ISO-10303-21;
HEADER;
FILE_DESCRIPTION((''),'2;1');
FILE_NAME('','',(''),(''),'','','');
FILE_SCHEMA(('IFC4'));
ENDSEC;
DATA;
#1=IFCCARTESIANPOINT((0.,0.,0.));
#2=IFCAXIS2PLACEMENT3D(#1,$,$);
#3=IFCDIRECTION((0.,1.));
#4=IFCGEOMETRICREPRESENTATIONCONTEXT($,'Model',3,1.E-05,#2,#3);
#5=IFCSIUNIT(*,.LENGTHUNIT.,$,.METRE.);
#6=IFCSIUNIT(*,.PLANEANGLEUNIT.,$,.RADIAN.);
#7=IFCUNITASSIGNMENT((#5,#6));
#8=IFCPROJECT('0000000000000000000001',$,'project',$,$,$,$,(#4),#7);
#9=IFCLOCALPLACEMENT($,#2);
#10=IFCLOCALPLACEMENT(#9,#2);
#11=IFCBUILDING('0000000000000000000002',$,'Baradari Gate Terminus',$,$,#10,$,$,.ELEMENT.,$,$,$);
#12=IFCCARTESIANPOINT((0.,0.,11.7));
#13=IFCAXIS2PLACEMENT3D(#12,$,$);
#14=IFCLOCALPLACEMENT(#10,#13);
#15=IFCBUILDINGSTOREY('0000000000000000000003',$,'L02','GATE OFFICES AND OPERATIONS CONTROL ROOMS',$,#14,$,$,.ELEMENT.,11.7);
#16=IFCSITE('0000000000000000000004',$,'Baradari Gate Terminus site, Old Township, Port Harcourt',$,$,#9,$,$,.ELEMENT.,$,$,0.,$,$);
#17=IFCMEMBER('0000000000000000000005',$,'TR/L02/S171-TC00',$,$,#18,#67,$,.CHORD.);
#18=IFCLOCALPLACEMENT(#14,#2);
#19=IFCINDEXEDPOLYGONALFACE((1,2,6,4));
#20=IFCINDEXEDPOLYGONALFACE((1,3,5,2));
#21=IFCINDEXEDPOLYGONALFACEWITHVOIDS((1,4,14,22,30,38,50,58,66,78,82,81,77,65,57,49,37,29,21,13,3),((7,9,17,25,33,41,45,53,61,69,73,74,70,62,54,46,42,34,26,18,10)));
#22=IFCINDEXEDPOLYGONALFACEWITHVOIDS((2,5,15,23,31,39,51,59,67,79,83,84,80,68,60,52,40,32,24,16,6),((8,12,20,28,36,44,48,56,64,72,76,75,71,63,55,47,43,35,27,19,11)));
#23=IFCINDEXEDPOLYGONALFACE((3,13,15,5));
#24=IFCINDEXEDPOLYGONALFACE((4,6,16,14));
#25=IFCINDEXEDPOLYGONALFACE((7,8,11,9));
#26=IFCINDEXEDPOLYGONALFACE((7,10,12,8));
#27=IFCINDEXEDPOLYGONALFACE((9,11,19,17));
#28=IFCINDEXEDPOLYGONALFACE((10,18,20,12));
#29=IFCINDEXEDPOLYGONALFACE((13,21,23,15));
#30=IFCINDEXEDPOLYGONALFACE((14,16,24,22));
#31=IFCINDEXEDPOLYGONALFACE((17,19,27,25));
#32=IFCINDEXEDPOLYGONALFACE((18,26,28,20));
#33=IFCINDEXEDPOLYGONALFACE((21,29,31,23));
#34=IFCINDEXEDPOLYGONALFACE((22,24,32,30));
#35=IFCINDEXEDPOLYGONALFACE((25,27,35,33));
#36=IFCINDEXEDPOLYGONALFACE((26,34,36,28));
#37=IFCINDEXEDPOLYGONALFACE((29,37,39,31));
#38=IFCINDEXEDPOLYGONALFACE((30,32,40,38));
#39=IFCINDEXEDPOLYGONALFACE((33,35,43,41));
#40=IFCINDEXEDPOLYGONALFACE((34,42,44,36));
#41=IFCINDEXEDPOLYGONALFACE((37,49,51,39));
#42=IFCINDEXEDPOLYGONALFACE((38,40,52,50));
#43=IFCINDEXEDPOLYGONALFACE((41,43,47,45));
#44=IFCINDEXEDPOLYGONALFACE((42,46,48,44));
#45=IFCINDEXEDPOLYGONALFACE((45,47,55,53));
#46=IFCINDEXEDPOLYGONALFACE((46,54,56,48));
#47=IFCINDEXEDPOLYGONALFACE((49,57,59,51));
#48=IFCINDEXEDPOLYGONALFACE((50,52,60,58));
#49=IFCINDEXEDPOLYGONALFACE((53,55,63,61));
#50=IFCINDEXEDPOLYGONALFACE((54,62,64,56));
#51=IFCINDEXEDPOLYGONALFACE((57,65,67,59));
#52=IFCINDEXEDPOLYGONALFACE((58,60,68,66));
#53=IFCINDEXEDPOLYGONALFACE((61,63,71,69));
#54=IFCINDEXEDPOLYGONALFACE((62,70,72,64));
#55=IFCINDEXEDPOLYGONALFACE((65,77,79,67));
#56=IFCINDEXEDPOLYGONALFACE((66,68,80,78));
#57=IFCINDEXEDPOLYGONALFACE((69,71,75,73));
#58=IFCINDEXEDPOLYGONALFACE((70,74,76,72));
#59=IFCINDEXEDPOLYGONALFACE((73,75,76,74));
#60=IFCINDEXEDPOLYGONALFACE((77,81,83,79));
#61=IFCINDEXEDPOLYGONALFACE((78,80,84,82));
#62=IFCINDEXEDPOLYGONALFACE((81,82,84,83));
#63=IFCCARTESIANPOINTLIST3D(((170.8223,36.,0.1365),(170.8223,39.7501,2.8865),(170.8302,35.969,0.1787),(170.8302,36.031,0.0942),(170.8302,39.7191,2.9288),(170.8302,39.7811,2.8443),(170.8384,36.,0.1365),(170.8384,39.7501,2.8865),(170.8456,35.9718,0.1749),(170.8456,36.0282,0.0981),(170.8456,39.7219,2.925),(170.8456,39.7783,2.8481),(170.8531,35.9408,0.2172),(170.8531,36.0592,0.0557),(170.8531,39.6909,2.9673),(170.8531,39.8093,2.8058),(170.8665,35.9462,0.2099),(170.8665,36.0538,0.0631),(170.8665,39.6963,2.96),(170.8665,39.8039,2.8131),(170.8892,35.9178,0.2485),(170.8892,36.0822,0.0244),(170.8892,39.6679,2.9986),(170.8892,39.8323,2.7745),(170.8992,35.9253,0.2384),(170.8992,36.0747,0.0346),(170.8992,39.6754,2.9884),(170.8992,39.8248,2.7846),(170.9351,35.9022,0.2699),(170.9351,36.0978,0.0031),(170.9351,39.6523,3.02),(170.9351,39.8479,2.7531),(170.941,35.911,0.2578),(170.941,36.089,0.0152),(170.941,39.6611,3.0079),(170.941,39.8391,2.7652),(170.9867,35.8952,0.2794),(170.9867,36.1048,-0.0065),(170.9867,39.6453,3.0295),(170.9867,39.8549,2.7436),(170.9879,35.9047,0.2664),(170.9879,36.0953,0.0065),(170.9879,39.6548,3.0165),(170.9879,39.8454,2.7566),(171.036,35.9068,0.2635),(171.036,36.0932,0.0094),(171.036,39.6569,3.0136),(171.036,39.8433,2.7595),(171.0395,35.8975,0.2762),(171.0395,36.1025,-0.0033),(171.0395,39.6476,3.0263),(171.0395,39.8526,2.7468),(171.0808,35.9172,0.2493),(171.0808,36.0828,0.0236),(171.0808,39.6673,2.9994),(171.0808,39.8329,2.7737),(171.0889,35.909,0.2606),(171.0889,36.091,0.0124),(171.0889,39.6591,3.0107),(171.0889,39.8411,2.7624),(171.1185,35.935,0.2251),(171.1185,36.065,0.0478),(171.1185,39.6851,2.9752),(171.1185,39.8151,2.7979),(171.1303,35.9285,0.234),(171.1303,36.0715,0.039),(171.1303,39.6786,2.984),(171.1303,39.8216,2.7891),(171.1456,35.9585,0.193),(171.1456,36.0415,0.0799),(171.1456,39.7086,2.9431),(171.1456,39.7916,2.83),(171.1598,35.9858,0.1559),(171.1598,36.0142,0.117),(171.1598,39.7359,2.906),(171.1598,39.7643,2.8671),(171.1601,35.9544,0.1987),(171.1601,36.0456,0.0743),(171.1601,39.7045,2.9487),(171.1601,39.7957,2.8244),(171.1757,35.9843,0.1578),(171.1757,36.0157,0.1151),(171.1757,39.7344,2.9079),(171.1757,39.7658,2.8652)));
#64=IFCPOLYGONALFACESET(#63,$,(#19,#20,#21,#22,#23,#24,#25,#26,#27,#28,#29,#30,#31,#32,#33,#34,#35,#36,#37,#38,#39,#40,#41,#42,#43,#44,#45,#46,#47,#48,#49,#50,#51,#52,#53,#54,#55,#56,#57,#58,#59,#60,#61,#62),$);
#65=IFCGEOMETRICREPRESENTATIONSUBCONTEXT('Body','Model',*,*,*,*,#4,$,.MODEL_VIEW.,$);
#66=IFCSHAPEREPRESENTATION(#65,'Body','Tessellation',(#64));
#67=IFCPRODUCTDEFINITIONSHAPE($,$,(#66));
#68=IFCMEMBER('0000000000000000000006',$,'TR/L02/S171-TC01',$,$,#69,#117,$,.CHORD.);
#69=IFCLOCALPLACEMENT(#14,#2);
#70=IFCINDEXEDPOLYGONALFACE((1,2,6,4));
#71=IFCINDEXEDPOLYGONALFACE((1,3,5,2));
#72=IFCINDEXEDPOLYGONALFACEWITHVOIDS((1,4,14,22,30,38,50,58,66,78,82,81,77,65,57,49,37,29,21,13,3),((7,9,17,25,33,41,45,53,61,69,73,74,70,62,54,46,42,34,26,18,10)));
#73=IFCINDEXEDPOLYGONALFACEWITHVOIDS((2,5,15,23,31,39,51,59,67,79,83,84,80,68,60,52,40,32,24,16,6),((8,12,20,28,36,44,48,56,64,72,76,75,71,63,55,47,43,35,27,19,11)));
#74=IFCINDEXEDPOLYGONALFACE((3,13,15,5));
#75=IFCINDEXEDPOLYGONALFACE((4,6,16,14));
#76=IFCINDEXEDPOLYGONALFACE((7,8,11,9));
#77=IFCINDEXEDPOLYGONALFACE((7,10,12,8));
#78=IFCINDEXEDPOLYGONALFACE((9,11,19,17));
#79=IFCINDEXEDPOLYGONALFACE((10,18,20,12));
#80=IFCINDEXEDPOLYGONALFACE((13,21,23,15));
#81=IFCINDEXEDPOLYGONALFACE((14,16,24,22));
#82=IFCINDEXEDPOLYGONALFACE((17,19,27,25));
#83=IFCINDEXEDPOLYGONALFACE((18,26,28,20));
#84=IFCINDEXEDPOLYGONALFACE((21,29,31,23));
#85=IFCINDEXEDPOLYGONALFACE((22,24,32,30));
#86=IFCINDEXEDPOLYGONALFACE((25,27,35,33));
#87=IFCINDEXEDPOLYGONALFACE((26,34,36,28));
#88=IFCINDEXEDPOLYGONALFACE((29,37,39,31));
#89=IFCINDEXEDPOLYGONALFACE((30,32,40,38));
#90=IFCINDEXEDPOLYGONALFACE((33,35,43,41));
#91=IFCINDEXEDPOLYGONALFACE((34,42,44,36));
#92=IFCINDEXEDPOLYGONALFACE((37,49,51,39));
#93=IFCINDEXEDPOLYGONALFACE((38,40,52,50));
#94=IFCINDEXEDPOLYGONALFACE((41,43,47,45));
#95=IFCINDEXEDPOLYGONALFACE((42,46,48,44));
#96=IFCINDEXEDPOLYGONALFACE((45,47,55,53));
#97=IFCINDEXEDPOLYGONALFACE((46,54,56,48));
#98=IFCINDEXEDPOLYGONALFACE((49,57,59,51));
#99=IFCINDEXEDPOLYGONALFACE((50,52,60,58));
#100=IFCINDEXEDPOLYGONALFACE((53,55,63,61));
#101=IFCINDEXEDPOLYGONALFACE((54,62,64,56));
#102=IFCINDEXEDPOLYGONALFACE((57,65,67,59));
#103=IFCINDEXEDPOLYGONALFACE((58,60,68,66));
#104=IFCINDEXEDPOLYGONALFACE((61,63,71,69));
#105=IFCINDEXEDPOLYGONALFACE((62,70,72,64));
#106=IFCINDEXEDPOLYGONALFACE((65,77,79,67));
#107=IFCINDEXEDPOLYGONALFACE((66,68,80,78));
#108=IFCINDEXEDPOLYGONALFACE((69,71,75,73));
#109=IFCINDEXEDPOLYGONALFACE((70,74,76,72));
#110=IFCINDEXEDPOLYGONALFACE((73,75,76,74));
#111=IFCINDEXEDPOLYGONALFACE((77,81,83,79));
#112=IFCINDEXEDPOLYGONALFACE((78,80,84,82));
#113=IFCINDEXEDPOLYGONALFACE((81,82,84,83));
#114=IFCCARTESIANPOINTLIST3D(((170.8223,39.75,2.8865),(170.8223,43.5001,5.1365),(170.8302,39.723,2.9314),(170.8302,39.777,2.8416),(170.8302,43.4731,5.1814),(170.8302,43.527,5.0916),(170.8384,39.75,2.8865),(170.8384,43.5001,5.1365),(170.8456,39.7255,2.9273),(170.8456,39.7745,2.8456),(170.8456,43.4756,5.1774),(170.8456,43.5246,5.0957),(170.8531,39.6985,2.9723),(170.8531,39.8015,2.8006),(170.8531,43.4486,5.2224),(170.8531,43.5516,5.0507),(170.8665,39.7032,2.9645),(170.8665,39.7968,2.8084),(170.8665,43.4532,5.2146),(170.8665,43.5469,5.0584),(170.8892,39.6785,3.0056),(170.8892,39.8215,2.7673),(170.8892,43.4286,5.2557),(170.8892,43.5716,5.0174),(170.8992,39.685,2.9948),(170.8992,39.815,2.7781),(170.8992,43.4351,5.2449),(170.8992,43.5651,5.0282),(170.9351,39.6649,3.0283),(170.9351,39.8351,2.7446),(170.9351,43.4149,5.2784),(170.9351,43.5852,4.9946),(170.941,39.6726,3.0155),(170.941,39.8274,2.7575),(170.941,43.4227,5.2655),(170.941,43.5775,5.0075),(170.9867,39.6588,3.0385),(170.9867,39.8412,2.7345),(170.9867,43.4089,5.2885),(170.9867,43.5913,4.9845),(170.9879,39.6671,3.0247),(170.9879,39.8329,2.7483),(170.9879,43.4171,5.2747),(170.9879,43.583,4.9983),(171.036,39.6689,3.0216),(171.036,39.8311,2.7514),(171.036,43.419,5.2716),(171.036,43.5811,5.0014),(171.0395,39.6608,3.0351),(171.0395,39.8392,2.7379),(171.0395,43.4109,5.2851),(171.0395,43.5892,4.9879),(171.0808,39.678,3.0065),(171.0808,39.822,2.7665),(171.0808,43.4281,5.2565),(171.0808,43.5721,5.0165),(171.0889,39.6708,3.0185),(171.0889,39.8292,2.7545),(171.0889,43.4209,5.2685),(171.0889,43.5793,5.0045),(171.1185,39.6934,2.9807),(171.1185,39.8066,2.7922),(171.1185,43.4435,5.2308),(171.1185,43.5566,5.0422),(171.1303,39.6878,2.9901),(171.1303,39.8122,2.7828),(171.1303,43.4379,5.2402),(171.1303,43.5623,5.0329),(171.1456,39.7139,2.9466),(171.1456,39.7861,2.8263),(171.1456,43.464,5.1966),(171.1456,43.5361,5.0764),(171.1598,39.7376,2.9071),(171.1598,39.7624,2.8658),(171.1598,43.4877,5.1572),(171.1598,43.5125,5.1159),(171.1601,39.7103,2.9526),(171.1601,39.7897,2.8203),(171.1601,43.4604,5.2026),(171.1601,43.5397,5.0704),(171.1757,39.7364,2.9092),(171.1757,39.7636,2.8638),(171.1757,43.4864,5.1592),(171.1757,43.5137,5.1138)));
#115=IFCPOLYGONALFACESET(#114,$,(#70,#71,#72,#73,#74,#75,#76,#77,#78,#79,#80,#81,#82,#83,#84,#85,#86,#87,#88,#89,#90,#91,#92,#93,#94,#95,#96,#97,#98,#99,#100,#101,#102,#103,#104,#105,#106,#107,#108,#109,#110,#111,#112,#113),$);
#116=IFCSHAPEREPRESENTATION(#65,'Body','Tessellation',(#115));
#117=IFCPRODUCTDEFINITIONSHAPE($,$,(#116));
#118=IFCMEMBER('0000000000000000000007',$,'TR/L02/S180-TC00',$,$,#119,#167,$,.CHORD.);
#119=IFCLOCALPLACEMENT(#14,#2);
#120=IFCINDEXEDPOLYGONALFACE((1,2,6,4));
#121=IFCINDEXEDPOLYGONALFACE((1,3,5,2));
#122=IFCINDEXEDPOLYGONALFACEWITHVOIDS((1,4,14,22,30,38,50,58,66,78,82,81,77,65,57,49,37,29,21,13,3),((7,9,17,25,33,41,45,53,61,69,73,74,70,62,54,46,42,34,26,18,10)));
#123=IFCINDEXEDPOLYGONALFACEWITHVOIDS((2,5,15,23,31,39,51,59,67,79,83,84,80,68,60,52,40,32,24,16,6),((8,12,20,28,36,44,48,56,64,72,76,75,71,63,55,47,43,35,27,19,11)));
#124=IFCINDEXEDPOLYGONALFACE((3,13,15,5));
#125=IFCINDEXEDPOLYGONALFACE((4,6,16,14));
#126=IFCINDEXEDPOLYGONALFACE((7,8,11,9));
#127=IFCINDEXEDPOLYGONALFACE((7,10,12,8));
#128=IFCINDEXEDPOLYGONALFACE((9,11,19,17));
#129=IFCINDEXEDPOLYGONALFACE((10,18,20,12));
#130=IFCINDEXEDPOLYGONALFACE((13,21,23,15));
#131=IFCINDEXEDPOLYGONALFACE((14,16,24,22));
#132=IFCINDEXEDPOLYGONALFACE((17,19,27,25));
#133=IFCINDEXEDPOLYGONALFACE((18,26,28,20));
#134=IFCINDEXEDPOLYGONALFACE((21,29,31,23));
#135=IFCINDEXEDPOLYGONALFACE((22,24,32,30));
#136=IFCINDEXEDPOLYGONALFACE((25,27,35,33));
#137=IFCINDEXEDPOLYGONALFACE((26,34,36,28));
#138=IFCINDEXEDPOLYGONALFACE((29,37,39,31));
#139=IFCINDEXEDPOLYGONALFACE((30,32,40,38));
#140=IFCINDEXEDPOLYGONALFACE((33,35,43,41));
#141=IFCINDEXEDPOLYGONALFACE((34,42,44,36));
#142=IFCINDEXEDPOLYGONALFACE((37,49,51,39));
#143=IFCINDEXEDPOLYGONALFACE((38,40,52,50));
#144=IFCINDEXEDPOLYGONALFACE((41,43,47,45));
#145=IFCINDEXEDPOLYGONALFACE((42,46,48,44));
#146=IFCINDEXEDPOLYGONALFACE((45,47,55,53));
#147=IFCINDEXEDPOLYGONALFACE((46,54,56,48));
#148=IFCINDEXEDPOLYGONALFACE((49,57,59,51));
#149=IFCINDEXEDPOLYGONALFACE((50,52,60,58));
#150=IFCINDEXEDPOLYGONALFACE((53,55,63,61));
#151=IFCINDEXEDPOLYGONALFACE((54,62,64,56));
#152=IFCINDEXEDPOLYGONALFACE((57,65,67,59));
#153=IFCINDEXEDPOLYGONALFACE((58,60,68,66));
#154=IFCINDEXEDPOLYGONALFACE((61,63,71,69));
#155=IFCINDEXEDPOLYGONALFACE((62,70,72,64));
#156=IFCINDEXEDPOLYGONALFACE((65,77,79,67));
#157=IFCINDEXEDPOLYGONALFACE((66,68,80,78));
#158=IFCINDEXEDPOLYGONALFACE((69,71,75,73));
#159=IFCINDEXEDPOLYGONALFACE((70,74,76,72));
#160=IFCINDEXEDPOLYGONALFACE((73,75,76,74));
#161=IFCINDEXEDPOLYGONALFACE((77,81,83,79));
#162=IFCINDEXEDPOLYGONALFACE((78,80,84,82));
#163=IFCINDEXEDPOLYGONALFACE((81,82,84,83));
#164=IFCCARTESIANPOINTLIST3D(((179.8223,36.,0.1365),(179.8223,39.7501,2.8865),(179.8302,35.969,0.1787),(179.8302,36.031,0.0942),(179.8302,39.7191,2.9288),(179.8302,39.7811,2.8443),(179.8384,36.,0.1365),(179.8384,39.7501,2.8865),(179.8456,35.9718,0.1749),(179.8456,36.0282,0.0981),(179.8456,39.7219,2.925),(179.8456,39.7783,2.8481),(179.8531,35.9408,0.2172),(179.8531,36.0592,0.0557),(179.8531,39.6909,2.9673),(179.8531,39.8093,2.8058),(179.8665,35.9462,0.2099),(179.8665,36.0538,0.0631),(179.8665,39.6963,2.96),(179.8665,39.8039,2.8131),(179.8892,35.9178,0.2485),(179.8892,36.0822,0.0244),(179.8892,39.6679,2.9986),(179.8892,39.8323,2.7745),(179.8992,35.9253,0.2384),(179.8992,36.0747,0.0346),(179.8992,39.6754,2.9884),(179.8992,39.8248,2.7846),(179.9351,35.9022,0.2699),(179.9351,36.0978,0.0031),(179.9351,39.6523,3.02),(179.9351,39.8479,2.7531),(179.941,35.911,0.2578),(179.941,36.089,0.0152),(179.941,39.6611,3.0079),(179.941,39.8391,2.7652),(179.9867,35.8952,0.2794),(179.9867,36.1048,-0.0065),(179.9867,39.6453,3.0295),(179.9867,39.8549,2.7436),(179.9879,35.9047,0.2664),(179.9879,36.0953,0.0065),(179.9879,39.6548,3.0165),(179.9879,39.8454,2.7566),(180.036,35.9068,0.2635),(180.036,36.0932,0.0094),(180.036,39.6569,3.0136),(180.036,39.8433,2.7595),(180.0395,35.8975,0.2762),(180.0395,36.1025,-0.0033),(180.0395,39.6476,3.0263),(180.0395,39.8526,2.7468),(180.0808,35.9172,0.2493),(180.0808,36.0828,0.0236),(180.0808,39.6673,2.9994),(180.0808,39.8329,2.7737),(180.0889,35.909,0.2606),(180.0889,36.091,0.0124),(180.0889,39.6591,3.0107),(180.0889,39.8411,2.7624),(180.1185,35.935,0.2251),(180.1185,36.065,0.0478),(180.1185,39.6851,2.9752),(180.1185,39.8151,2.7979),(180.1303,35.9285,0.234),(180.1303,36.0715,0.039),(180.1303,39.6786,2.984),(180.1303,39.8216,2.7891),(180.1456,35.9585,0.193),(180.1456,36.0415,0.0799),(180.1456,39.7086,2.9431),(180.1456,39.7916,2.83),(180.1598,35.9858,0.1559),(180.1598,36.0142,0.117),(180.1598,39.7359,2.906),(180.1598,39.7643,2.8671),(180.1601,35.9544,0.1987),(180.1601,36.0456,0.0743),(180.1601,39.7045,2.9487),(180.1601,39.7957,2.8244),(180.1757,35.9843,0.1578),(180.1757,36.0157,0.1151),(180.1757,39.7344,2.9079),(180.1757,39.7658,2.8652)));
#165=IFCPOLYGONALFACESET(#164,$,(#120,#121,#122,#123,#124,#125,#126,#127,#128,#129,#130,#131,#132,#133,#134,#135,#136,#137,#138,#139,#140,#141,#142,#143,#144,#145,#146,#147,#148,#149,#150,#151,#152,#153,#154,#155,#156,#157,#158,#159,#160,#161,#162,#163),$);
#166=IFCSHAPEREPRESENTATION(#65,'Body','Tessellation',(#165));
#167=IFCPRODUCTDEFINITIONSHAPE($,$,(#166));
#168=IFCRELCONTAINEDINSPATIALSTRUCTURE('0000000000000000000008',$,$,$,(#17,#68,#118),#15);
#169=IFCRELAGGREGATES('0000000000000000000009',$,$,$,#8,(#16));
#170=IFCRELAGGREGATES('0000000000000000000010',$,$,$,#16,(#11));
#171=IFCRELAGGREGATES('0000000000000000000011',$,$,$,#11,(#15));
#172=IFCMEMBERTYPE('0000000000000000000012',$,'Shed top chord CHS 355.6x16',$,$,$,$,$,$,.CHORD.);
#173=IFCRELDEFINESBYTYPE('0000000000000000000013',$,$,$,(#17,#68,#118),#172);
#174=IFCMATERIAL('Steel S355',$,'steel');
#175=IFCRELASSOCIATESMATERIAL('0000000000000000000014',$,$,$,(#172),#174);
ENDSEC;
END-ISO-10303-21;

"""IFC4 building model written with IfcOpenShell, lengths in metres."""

from ifc_helpers import new_model, si_unit, direction, frame, origin, origin_2d, place, context, subcontext, project, spatial, hollow_circle, extrude, material, material_profile, profile_set, type_object, element, save


model = new_model("IFC4")

# Units and contexts
model_context = context("Model", 3, precision=1e-05, world=origin(), true_north=direction((0.0, 1.0)))
body_context = subcontext(model_context, "Body", "Model", "MODEL_VIEW")
ifc_project = project(units=[si_unit("LENGTHUNIT", "METRE"), si_unit("PLANEANGLEUNIT", "RADIAN")], contexts=[model_context])

# Site, building, storey
site_placement = place(None, origin())
site = spatial("IfcSite", under=ifc_project, at=site_placement, Name="Baradari Gate Terminus site, Old Township, Port Harcourt", CompositionType="ELEMENT", RefElevation=0.0)
building_placement = place(site_placement, origin())
building = spatial("IfcBuilding", under=site, at=building_placement, Name="Baradari Gate Terminus", CompositionType="ELEMENT")
storey_placement = place(building_placement, frame((0.0, 0.0, 11.7)))
storey = spatial("IfcBuildingStorey", under=building, at=storey_placement, Name="L02", Description="GATE OFFICES AND OPERATIONS CONTROL ROOMS", CompositionType="ELEMENT", Elevation=11.7)

# Members
ifc_material_1 = material(Name="Steel S355", Category="steel")
ifc_material_profile_1 = material_profile(ifc_material_1, hollow_circle(Radius=0.1777, WallThickness=0.0161, at=origin_2d()), Name="CHS 355.6x16")
ifc_profile_set_1 = profile_set([ifc_material_profile_1], Name="Steel S355")
member_type_1 = type_object("IfcMemberType", Name="Shed top chord CHS 355.6x16", PredefinedType="CHORD", material=ifc_profile_set_1)
member_1_placement = place(storey_placement, frame((171.0, 36.0, 0.1365), z_axis=(0.0, 0.806405, 0.591364), x_axis=(-1.0, 0.0, 0.0)))
element("IfcMember", 1, at=member_1_placement, inside=storey, type_object=member_type_1, Name="TR/L02/S171-TC00", PredefinedType="CHORD", context=body_context, shape_type="SweptSolid", body=[
    extrude(hollow_circle(Radius=0.1777, WallThickness=0.0161, at=origin_2d()), origin(), (0.0, 0.0, 1.0), 4.6504),
])
member_2_placement = place(storey_placement, frame((171.0, 39.75, 2.8865), z_axis=(0.0, 0.857493, 0.514496), x_axis=(-1.0, 0.0, 0.0)))
element("IfcMember", 2, at=member_2_placement, inside=storey, type_object=member_type_1, Name="TR/L02/S171-TC01", PredefinedType="CHORD", context=body_context, shape_type="SweptSolid", body=[
    extrude(hollow_circle(Radius=0.1777, WallThickness=0.0161, at=origin_2d()), origin(), (0.0, 0.0, 1.0), 4.3733),
])
member_3_placement = place(storey_placement, frame((180.0, 36.0, 0.1365), z_axis=(0.0, 0.806405, 0.591364), x_axis=(-1.0, 0.0, 0.0)))
element("IfcMember", 3, at=member_3_placement, inside=storey, type_object=member_type_1, Name="TR/L02/S180-TC00", PredefinedType="CHORD", context=body_context, shape_type="SweptSolid", body=[
    extrude(hollow_circle(Radius=0.1777, WallThickness=0.0161, at=origin_2d()), origin(), (0.0, 0.0, 1.0), 4.6504),
])

save(model, "model.ifc")
